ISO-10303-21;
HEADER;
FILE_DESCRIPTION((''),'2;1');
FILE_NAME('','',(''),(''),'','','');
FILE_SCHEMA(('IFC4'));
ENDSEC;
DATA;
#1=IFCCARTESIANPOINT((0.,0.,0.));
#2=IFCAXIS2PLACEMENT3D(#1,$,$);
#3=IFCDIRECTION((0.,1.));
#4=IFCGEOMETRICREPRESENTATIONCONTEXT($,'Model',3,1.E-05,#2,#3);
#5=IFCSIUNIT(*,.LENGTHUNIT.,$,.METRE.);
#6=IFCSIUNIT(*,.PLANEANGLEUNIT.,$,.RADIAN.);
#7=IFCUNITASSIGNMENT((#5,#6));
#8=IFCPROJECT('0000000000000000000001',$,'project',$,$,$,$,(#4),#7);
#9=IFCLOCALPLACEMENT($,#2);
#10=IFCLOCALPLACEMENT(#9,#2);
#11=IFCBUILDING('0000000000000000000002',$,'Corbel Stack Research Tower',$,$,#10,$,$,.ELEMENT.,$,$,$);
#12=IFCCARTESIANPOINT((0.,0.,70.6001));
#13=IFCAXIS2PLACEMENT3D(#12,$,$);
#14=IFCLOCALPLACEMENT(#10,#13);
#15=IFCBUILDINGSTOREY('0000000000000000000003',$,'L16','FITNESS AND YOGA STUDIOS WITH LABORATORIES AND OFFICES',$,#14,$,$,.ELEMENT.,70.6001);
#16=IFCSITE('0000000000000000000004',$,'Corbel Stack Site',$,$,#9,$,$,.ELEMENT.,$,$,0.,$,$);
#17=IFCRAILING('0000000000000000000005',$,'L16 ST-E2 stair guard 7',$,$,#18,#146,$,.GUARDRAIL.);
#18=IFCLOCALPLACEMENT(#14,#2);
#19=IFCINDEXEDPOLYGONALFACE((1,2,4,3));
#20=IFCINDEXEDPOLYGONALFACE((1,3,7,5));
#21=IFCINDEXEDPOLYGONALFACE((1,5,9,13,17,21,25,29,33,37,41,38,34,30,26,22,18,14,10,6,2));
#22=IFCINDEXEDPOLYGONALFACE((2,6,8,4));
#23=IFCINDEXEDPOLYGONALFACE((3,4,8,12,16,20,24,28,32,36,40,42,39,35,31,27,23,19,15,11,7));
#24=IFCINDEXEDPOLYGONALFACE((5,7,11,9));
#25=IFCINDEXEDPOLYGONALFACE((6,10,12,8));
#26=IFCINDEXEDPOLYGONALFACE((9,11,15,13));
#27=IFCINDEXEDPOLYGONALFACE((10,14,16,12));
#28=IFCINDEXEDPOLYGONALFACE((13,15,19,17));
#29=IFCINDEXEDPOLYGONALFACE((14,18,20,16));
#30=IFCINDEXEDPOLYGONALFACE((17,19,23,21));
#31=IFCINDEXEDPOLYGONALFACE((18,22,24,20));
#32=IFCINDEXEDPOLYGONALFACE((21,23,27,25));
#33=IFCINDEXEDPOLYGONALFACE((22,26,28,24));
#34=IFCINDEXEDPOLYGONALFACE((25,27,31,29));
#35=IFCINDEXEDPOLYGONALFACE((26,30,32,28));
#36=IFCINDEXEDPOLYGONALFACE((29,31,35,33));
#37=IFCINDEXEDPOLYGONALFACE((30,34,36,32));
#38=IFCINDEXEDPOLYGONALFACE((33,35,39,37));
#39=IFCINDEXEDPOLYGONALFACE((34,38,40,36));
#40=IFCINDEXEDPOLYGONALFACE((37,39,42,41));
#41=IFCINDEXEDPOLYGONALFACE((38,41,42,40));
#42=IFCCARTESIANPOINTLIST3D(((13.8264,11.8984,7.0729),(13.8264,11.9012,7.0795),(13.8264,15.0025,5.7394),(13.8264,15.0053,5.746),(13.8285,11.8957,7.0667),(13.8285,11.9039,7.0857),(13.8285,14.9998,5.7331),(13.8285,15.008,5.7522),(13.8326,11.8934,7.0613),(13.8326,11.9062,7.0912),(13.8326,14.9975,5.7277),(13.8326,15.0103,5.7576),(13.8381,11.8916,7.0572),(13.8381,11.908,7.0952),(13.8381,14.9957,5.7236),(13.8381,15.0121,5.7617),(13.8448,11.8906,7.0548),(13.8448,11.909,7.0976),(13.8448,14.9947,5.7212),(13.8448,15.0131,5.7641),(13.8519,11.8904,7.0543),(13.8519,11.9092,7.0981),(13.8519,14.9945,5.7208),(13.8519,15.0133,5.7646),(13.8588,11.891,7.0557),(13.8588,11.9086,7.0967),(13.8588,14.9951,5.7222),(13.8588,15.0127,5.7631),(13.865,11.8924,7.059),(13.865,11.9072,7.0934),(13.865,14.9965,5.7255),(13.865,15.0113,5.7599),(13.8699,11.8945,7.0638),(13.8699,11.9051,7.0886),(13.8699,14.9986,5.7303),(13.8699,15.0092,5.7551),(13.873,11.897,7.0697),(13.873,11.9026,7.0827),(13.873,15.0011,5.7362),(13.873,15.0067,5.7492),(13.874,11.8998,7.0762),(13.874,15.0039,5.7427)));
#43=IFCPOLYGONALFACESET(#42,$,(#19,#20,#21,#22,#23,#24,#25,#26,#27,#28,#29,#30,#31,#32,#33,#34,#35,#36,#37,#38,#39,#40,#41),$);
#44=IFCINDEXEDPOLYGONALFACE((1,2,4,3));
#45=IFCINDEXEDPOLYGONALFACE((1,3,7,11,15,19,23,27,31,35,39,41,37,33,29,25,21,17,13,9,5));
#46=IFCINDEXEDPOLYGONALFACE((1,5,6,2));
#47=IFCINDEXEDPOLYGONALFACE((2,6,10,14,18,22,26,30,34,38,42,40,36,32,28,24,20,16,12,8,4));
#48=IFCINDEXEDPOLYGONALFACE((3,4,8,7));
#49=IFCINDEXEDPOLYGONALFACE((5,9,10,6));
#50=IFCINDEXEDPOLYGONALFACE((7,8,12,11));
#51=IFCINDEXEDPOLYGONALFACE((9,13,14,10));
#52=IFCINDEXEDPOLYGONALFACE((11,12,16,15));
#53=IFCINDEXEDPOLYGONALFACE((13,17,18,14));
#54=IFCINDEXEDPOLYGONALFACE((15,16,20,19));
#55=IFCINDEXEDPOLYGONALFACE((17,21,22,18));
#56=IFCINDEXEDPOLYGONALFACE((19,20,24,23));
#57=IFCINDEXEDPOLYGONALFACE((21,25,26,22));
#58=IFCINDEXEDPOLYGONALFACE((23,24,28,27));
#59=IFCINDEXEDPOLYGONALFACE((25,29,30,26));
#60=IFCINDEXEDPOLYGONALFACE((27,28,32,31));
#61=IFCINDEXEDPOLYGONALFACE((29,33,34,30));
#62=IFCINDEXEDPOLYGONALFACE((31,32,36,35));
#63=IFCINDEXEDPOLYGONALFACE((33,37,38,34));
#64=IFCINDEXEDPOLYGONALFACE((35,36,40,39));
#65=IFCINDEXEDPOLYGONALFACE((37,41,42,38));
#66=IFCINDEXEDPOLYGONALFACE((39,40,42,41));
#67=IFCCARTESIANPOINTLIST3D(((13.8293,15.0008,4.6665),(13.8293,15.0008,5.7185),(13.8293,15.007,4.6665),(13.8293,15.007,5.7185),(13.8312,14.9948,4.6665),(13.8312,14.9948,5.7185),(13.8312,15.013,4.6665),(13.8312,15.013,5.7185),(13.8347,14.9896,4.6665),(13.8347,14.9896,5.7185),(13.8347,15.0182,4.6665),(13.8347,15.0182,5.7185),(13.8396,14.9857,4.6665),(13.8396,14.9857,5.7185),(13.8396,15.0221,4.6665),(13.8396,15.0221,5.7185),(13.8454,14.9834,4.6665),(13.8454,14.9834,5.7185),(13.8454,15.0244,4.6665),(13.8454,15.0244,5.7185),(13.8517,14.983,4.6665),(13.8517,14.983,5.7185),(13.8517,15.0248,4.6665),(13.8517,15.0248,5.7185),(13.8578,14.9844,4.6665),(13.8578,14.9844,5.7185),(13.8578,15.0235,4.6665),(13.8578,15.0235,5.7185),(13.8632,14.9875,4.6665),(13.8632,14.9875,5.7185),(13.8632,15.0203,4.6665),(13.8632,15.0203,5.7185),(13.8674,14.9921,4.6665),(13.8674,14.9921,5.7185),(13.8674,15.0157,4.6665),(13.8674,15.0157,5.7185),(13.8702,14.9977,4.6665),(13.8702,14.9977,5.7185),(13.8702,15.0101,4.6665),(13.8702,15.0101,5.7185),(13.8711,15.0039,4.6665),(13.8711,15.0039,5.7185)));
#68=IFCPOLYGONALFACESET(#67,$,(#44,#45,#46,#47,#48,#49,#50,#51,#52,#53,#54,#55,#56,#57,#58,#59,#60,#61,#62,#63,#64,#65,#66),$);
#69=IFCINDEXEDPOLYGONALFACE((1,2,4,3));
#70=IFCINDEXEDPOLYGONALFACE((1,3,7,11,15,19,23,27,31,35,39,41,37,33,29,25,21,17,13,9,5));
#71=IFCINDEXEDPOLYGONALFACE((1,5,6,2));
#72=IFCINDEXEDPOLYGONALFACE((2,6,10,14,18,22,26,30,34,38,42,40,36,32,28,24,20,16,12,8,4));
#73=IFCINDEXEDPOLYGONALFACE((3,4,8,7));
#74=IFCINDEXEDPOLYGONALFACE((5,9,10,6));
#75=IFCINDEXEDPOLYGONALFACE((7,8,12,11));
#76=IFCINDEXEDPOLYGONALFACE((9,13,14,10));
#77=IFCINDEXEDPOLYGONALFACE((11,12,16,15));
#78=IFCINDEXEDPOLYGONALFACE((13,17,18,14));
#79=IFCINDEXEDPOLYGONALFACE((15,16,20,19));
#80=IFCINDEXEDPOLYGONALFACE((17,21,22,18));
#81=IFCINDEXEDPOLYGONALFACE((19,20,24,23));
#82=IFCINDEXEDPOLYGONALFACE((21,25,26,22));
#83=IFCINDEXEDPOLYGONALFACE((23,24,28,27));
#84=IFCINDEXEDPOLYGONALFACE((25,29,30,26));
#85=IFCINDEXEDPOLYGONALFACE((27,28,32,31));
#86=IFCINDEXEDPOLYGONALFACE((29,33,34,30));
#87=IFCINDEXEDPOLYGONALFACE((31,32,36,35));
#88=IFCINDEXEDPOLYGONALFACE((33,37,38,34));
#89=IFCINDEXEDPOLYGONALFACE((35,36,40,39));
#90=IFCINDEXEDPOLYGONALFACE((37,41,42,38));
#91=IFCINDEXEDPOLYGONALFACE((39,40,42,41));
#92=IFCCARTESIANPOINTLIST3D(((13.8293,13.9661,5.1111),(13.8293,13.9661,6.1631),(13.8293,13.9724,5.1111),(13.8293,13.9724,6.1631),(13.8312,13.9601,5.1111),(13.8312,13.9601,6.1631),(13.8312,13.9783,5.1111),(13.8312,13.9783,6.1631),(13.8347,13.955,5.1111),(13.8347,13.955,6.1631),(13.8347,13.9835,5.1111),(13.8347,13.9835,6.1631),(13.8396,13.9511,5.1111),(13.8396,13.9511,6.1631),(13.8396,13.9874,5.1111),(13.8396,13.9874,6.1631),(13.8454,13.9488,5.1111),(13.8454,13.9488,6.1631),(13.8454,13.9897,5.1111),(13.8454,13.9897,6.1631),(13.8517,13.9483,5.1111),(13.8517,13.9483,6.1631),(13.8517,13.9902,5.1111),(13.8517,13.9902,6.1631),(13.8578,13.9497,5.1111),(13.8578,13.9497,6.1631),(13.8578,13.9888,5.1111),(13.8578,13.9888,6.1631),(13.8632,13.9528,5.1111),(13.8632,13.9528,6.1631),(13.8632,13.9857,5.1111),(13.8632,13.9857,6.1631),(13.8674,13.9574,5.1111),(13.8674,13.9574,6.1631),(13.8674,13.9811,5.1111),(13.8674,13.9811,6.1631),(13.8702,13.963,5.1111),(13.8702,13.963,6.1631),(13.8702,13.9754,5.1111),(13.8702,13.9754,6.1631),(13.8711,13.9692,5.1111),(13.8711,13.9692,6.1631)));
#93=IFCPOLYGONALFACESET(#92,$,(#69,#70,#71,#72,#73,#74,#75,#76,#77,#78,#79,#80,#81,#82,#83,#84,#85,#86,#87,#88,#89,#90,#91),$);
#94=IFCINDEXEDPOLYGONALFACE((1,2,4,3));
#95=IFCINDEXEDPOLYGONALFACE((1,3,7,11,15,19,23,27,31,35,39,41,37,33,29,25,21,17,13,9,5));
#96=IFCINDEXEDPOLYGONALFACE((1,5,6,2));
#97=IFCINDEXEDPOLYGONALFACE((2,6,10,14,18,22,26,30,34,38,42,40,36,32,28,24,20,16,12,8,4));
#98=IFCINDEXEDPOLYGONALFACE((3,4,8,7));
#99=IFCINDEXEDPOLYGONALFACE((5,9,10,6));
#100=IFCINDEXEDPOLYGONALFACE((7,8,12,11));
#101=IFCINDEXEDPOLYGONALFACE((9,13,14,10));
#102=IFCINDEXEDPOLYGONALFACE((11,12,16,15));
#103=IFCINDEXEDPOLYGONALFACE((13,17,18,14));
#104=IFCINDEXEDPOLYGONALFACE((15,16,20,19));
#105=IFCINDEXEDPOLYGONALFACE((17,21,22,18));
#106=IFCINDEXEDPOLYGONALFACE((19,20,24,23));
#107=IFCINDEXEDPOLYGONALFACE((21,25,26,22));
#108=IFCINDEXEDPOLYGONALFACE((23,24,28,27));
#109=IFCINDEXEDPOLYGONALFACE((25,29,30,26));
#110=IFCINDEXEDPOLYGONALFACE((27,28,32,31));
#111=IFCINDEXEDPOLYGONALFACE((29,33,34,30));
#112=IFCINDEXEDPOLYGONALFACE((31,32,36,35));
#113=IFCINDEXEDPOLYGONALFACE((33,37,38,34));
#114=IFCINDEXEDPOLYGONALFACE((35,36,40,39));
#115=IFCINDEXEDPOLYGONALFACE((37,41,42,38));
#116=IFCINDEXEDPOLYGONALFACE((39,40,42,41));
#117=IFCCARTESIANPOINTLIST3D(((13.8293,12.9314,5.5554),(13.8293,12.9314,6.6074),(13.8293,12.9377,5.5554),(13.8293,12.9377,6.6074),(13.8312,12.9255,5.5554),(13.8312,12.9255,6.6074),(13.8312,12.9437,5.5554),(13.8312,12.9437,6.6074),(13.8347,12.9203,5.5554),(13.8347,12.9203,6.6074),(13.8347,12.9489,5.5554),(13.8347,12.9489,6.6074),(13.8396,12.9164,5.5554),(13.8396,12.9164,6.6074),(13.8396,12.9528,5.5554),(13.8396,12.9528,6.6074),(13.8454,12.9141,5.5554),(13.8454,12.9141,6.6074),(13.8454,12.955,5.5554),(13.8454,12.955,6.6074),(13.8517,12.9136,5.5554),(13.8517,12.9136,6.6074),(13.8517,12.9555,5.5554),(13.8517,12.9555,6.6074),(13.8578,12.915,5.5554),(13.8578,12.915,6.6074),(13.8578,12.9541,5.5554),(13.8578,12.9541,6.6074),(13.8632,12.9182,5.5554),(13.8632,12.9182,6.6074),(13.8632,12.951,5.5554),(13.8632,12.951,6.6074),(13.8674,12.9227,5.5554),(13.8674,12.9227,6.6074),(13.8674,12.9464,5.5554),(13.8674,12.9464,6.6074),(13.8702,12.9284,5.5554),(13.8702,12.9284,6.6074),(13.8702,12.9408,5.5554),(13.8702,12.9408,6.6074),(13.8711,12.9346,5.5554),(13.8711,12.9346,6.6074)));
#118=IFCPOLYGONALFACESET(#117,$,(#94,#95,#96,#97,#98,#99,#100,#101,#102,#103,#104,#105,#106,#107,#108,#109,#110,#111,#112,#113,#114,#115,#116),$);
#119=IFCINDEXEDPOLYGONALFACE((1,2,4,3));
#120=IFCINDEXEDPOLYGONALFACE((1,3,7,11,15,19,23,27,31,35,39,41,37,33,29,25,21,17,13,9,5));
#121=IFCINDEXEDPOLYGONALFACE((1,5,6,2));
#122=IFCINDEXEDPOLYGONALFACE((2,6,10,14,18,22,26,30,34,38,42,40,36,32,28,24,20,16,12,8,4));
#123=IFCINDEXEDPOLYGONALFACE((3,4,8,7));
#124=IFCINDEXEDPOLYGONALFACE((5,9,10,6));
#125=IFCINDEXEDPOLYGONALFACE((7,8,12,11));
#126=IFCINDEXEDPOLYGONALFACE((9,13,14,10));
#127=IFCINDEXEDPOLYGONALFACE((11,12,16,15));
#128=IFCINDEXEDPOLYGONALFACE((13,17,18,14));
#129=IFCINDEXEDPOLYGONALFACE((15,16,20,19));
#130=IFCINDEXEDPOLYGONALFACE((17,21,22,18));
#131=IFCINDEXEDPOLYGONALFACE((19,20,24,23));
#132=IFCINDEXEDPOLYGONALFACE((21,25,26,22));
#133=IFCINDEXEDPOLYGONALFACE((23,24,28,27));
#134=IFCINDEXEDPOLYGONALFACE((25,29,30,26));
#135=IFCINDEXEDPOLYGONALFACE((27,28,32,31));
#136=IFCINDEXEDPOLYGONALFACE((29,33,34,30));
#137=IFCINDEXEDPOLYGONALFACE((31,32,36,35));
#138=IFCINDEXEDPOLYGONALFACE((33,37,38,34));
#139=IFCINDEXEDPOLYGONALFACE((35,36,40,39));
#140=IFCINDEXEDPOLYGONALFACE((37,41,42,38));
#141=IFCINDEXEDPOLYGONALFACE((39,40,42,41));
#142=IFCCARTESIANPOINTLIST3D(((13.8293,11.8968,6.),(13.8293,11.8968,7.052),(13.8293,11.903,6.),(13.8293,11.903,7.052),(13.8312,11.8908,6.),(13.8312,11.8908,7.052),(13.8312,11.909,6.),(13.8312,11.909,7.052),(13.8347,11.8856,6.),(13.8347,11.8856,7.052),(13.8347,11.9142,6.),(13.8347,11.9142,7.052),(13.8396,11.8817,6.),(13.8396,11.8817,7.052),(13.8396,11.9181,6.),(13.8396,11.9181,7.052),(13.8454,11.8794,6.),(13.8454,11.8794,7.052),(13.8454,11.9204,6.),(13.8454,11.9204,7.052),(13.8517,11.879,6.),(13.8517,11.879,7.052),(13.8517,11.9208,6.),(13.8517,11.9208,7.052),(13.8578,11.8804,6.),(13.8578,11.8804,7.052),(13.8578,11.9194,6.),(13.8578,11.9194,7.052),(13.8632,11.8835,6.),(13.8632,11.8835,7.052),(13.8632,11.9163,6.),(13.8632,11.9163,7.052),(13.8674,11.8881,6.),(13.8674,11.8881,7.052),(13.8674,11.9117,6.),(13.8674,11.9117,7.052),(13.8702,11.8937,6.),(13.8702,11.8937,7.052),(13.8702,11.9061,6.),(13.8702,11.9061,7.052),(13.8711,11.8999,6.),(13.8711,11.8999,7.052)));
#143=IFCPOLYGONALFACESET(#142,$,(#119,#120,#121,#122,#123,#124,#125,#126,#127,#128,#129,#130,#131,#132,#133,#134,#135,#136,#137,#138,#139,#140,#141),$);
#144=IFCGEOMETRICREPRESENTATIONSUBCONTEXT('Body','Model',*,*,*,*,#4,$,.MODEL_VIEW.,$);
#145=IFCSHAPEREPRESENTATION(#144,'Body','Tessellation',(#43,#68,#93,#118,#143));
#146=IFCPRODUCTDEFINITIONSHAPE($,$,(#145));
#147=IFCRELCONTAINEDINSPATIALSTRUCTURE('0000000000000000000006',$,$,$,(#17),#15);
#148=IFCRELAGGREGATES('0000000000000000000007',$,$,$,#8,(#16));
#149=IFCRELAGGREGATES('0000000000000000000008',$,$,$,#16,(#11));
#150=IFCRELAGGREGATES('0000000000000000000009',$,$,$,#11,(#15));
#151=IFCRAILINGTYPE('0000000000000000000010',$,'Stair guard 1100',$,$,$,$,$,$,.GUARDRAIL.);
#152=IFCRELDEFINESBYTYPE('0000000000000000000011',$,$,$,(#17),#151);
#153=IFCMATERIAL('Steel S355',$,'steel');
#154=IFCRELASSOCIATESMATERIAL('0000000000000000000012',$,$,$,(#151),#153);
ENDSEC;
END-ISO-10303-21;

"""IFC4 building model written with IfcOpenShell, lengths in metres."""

from ifc_helpers import new_model, si_unit, direction, frame, origin, origin_2d, place, context, subcontext, project, spatial, circle, extrude, material, type_object, element, save


model = new_model("IFC4")

# Units and contexts
model_context = context("Model", 3, precision=1e-05, world=origin(), true_north=direction((0.0, 1.0)))
body_context = subcontext(model_context, "Body", "Model", "MODEL_VIEW")
ifc_project = project(units=[si_unit("LENGTHUNIT", "METRE"), si_unit("PLANEANGLEUNIT", "RADIAN")], contexts=[model_context])

# Site, building, storey
site_placement = place(None, origin())
site = spatial("IfcSite", under=ifc_project, at=site_placement, Name="Corbel Stack Site", CompositionType="ELEMENT", RefElevation=0.0)
building_placement = place(site_placement, origin())
building = spatial("IfcBuilding", under=site, at=building_placement, Name="Corbel Stack Research Tower", CompositionType="ELEMENT")
storey_placement = place(building_placement, frame((0.0, 0.0, 70.6001)))
storey = spatial("IfcBuildingStorey", under=building, at=storey_placement, Name="L16", Description="FITNESS AND YOGA STUDIOS WITH LABORATORIES AND OFFICES", CompositionType="ELEMENT", Elevation=70.6001)

# Railing
ifc_material_1 = material(Name="Steel S355", Category="steel")
railing_type_1 = type_object("IfcRailingType", Name="Stair guard 1100", PredefinedType="GUARDRAIL", material=ifc_material_1)
railing_1_placement = place(storey_placement, frame((13.8501, 15.0039, 4.6665)))
element("IfcRailing", 1, at=railing_1_placement, inside=storey, type_object=railing_type_1, Name="L16 ST-E2 stair guard 7", PredefinedType="GUARDRAIL", context=body_context, shape_type="SweptSolid", body=[
    extrude(circle(Radius=0.0239, at=origin_2d()), frame((0.0, 0.0, 1.0762), z_axis=(0.0, -0.918801, 0.394722), x_axis=(1.0, 0.0, 0.0)), (0.0, 0.0, 1.0), 3.3784),
    extrude(circle(Radius=0.021, at=origin_2d()), origin(), (0.0, 0.0, 1.0), 1.052),
    extrude(circle(Radius=0.021, at=origin_2d()), frame((0.0, -1.0347, 0.4446)), (0.0, 0.0, 1.0), 1.052),
    extrude(circle(Radius=0.021, at=origin_2d()), frame((0.0, -2.0693, 0.8889)), (0.0, 0.0, 1.0), 1.052),
    extrude(circle(Radius=0.021, at=origin_2d()), frame((0.0, -3.104, 1.3335)), (0.0, 0.0, 1.0), 1.052),
])

save(model, "model.ifc")
